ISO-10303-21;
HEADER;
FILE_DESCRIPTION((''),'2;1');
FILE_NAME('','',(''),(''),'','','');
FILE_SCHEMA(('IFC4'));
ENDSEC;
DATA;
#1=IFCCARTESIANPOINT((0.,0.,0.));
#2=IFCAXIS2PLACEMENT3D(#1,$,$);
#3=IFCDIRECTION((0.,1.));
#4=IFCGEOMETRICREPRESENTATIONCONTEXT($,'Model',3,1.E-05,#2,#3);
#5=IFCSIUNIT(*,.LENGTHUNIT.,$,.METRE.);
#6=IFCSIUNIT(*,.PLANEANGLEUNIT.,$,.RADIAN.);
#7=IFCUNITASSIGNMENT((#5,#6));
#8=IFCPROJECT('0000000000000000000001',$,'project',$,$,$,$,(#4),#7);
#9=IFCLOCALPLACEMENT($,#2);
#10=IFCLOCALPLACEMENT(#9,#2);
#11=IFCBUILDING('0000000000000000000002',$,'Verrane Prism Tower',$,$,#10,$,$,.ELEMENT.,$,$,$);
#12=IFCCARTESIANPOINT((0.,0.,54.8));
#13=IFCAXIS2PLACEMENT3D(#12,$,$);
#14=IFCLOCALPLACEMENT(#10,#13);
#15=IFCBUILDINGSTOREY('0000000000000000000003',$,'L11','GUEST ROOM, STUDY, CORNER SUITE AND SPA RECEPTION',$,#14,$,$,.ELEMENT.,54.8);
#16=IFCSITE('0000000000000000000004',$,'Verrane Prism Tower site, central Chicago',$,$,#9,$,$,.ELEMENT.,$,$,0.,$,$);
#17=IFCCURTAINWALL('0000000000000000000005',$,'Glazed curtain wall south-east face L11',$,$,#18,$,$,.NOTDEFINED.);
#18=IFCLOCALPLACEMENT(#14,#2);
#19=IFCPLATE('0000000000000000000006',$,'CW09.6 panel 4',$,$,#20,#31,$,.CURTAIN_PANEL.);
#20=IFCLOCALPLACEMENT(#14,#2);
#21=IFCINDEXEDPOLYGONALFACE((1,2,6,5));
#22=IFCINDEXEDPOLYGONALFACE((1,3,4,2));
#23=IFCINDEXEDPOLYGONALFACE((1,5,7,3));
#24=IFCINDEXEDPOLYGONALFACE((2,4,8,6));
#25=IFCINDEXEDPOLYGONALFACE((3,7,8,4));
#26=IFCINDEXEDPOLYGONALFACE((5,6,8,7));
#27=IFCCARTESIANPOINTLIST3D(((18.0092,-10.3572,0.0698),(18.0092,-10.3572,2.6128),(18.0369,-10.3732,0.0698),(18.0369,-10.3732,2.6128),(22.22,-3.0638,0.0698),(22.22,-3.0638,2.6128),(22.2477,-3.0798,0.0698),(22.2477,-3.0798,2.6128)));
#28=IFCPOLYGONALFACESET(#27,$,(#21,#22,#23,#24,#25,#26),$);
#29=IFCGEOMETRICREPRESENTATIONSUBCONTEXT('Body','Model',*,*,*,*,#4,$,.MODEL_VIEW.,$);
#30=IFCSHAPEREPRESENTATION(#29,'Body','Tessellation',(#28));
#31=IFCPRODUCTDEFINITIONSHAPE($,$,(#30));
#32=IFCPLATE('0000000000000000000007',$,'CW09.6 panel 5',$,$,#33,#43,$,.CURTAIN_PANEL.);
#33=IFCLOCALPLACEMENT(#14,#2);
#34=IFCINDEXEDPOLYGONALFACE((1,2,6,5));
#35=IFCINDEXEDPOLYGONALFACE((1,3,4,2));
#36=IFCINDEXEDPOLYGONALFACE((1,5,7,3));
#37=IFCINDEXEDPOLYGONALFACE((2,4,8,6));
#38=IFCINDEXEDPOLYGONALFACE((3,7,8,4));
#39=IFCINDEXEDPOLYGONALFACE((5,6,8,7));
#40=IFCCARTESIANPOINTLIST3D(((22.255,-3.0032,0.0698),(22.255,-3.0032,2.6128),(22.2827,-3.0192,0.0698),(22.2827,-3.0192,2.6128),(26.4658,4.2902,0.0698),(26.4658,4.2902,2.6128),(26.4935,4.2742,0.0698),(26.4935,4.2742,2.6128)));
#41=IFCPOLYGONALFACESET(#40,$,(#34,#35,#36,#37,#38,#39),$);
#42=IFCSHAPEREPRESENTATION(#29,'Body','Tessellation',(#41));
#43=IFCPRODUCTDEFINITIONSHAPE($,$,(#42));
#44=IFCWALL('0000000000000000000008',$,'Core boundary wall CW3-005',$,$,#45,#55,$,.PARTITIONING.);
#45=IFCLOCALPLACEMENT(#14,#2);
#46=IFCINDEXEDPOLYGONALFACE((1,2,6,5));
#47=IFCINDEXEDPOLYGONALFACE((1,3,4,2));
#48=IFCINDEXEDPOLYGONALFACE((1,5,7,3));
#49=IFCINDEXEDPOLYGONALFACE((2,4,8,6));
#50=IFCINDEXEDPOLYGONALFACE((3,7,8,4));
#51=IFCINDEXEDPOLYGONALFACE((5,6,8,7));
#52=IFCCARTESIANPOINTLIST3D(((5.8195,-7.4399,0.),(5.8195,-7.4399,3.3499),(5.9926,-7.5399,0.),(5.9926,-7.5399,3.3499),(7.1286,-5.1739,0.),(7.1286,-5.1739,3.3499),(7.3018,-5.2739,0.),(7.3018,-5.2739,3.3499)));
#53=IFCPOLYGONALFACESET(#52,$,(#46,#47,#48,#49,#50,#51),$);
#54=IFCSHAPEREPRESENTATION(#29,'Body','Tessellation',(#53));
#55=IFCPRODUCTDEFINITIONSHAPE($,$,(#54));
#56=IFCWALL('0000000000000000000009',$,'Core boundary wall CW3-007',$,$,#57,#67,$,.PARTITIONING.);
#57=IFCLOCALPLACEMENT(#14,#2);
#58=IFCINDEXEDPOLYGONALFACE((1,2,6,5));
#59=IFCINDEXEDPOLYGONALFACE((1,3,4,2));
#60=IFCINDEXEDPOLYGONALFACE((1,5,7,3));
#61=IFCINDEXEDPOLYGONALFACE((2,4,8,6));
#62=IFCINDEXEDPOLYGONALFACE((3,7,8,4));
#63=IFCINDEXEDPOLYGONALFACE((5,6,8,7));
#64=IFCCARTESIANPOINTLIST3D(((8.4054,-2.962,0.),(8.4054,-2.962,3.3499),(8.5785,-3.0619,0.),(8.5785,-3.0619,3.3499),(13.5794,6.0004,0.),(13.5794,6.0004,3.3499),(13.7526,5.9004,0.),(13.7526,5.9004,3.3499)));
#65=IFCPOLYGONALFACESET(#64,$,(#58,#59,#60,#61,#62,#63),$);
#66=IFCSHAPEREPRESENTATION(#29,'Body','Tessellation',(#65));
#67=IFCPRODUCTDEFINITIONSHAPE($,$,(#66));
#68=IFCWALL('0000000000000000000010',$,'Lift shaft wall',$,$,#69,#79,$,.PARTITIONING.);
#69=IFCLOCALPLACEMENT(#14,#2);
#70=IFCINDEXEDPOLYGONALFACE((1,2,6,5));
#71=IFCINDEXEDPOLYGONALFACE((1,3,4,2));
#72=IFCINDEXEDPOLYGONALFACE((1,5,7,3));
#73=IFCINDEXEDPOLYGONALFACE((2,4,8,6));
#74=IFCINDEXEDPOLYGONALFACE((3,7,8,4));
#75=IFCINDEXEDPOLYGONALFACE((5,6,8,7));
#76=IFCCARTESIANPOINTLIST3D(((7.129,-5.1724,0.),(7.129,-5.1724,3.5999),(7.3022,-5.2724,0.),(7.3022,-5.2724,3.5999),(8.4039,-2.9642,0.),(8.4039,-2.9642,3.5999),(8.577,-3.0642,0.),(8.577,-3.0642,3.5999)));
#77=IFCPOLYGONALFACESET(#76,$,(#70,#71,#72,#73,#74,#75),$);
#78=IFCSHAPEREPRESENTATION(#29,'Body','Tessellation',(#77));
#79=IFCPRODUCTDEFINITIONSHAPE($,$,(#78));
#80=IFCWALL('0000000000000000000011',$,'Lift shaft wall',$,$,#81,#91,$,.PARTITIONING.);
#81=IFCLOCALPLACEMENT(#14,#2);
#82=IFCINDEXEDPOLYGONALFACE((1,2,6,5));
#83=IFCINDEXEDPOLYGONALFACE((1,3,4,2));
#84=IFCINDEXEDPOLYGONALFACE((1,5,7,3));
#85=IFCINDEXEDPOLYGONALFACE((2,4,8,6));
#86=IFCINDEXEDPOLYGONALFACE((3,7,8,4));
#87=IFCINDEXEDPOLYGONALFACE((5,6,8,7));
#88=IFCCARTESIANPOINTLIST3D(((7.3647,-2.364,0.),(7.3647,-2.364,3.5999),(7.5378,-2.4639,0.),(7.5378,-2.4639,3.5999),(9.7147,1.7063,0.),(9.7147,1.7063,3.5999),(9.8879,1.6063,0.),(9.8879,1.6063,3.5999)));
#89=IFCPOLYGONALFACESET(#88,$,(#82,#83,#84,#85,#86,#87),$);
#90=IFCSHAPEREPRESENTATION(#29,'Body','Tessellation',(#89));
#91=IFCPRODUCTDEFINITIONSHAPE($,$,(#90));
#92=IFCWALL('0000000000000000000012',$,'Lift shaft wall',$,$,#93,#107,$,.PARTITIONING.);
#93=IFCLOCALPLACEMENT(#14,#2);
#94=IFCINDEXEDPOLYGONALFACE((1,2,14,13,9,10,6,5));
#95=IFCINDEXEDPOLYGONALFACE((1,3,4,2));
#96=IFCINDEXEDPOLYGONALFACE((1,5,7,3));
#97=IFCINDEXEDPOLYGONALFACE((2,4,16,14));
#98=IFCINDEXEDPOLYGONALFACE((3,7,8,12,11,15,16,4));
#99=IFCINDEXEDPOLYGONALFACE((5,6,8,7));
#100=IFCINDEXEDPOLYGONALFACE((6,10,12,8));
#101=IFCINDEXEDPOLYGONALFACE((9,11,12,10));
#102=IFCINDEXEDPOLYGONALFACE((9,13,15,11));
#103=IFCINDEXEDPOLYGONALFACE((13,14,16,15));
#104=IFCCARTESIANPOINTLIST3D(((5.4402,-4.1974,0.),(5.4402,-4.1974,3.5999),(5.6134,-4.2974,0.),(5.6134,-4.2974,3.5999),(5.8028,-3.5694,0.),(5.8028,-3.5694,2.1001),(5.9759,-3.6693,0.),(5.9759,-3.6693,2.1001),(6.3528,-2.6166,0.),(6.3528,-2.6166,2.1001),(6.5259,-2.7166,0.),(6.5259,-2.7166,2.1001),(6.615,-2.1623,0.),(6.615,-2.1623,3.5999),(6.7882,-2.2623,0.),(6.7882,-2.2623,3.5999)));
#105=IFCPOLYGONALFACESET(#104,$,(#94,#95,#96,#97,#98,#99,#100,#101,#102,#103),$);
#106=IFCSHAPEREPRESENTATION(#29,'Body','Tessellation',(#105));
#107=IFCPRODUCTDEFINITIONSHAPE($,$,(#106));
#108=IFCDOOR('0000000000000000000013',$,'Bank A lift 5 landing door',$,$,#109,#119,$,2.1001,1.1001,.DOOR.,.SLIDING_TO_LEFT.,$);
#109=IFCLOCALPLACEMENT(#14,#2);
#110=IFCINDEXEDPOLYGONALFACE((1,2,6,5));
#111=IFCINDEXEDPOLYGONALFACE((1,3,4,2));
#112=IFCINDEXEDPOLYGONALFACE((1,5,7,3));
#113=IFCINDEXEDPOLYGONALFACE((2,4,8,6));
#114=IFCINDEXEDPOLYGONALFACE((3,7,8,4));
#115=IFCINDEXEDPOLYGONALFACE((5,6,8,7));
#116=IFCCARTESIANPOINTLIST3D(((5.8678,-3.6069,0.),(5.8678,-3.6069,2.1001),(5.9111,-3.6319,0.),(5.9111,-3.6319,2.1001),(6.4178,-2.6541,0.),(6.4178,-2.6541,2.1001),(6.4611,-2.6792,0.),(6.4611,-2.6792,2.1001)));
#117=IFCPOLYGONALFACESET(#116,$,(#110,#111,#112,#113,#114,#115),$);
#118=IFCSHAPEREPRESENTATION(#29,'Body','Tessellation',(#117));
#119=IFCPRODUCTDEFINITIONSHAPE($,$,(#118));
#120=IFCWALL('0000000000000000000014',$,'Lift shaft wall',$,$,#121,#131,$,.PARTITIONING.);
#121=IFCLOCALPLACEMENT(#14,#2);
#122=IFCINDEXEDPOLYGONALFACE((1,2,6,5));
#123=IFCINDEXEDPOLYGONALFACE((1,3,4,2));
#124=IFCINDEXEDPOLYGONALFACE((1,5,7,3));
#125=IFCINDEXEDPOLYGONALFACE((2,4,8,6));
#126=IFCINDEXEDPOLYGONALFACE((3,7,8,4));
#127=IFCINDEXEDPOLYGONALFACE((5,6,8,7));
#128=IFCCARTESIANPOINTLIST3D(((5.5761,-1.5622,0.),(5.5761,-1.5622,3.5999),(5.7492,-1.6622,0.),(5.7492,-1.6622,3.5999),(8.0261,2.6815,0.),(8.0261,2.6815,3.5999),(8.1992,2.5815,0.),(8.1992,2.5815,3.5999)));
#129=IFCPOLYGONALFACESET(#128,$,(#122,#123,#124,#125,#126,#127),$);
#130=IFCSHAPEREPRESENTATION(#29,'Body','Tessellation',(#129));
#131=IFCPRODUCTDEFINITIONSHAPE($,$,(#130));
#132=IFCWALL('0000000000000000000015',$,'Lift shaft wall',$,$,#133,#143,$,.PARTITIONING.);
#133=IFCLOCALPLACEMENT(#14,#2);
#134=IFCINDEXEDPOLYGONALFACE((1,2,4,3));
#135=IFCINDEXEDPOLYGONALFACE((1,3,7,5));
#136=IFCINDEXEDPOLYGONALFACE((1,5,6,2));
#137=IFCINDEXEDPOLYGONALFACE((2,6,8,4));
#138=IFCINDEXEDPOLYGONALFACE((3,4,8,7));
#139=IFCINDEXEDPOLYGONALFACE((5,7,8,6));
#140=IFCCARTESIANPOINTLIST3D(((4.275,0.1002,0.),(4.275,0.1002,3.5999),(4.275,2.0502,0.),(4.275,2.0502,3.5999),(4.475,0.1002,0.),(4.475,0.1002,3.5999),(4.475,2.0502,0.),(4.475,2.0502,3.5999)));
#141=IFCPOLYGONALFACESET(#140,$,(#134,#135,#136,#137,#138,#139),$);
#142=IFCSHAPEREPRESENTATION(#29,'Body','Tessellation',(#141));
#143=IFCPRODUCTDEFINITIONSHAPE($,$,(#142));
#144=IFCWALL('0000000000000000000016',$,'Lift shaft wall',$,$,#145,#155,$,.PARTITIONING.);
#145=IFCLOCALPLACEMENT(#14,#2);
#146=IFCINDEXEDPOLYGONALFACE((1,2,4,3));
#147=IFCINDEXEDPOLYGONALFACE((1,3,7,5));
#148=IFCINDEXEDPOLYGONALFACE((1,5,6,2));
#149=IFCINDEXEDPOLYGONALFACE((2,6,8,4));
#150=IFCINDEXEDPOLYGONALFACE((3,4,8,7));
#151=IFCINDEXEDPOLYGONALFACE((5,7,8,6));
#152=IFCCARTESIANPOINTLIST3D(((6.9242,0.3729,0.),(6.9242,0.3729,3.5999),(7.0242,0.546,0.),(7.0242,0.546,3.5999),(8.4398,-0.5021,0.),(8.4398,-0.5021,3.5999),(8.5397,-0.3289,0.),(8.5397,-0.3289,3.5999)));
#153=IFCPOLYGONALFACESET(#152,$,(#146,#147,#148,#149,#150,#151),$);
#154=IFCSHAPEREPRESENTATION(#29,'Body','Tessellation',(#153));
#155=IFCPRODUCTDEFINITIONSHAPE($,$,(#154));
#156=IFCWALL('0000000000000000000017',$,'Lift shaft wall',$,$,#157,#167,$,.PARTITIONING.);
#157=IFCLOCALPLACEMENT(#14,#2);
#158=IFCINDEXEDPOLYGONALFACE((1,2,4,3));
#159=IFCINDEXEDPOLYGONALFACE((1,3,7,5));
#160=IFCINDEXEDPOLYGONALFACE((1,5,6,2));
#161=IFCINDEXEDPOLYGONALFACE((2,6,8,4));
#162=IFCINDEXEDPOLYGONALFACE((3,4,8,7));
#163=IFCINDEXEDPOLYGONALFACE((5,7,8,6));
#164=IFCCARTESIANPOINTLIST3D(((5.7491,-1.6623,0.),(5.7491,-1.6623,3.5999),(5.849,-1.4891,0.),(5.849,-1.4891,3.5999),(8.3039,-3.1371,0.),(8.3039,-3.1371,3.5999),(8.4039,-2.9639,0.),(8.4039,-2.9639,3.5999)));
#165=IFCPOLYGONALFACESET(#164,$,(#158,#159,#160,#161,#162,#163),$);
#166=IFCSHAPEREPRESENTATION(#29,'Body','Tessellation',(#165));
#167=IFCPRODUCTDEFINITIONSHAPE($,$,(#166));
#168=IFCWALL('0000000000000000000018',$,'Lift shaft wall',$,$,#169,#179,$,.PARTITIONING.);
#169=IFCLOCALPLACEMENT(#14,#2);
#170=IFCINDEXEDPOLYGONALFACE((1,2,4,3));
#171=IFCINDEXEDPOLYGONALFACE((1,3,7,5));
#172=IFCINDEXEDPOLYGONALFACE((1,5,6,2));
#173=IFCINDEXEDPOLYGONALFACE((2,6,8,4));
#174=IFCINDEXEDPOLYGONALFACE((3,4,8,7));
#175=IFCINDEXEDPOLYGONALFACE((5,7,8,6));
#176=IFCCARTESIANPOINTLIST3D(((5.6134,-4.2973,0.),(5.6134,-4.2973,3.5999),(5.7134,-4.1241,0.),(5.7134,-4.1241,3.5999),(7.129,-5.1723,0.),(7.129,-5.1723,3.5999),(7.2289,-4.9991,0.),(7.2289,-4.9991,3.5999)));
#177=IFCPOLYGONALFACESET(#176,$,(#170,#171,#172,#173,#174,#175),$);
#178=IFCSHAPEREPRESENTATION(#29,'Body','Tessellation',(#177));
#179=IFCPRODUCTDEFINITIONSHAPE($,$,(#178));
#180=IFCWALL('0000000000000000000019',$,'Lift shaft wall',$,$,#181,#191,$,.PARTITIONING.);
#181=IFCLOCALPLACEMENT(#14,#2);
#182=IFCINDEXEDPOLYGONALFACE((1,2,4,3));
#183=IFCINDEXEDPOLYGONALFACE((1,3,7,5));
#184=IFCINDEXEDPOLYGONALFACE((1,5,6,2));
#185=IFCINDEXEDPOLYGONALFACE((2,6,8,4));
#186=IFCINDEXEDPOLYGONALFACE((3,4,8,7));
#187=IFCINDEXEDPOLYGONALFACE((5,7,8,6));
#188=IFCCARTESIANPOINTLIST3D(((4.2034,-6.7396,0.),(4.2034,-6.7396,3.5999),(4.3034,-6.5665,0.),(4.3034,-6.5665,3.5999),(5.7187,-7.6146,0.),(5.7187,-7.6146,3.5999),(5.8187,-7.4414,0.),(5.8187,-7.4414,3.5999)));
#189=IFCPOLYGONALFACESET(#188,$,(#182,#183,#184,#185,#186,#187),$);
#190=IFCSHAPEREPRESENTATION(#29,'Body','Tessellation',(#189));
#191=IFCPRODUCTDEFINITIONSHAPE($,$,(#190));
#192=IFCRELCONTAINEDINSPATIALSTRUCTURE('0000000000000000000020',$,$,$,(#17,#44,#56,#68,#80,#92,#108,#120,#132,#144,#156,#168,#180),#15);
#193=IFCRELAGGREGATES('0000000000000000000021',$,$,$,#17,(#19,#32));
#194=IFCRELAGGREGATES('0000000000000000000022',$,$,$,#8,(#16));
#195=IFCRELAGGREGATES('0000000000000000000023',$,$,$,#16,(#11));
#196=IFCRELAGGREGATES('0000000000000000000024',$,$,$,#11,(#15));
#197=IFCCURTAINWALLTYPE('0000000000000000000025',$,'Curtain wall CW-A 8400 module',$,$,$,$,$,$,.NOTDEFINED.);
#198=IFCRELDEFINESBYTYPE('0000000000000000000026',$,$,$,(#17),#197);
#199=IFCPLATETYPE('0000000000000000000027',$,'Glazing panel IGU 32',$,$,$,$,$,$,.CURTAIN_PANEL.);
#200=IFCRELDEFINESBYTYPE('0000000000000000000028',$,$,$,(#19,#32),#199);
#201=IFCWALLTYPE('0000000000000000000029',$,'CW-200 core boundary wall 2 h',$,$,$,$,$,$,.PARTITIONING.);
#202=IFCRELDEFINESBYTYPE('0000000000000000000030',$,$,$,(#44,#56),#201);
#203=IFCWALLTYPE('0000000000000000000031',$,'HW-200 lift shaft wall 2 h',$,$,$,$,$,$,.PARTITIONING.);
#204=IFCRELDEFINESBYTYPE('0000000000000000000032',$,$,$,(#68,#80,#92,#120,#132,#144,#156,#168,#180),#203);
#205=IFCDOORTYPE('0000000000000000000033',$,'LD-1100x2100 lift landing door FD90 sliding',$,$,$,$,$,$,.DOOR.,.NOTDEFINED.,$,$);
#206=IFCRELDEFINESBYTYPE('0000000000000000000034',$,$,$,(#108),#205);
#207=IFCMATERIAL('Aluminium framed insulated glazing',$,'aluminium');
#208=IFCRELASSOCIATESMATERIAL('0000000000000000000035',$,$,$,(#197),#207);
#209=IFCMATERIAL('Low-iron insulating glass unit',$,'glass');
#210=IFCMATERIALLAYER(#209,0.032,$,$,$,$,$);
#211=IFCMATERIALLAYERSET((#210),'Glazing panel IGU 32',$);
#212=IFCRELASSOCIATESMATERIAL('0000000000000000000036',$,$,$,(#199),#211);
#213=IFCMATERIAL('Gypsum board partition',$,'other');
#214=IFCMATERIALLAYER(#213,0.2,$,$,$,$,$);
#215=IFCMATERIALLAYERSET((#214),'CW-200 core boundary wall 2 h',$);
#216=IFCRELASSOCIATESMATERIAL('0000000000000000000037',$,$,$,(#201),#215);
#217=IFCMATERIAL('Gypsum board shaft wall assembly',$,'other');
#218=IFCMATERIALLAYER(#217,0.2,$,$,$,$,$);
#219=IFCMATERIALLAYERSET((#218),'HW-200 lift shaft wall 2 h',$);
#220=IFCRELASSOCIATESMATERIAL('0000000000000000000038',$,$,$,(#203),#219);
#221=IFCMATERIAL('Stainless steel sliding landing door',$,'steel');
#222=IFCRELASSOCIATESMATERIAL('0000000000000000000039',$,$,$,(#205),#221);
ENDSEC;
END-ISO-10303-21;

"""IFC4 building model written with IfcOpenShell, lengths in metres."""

from ifc_helpers import new_model, si_unit, direction, frame, frame_2d, origin, origin_2d, place, context, subcontext, project, spatial, rectangle, extrude, material, layer, layer_set, type_object, element, fill, aggregate, save


model = new_model("IFC4")

# Units and contexts
model_context = context("Model", 3, precision=1e-05, world=origin(), true_north=direction((0.0, 1.0)))
body_context = subcontext(model_context, "Body", "Model", "MODEL_VIEW")
ifc_project = project(units=[si_unit("LENGTHUNIT", "METRE"), si_unit("PLANEANGLEUNIT", "RADIAN")], contexts=[model_context])

# Site, building, storey
site_placement = place(None, origin())
site = spatial("IfcSite", under=ifc_project, at=site_placement, Name="Verrane Prism Tower site, central Chicago", CompositionType="ELEMENT", RefElevation=0.0)
building_placement = place(site_placement, origin())
building = spatial("IfcBuilding", under=site, at=building_placement, Name="Verrane Prism Tower", CompositionType="ELEMENT")
storey_placement = place(building_placement, frame((0.0, 0.0, 54.8)))
storey = spatial("IfcBuildingStorey", under=building, at=storey_placement, Name="L11", Description="GUEST ROOM, STUDY, CORNER SUITE AND SPA RECEPTION", CompositionType="ELEMENT", Elevation=54.8)

# Curtain wall
ifc_material_1 = material(Name="Aluminium framed insulated glazing", Category="aluminium")
curtain_wall_type = type_object("IfcCurtainWallType", Name="Curtain wall CW-A 8400 module", PredefinedType="NOTDEFINED", material=ifc_material_1)
curtain_wall_placement = place(storey_placement, origin())
curtain_wall = element("IfcCurtainWall", 1, at=curtain_wall_placement, inside=storey, type_object=curtain_wall_type, Name="Glazed curtain wall south-east face L11", PredefinedType="NOTDEFINED")

# Plates
ifc_material_2 = material(Name="Low-iron insulating glass unit", Category="glass")
ifc_layer_1 = layer(ifc_material_2, 0.032)
ifc_layer_set_1 = layer_set([ifc_layer_1], Name="Glazing panel IGU 32")
plate_type = type_object("IfcPlateType", Name="Glazing panel IGU 32", PredefinedType="CURTAIN_PANEL", material=ifc_layer_set_1)
plate_1_placement = place(storey_placement, frame((20.1284, -6.7185, 0.0698), z_axis=(0.0, 0.0, 1.0), x_axis=(0.499999, 0.866026, 0.0)))
plate_1 = element("IfcPlate", 2, at=plate_1_placement, type_object=plate_type, Name="CW09.6 panel 4", PredefinedType="CURTAIN_PANEL", context=body_context, shape_type="SweptSolid", body=[
    extrude(rectangle(XDim=8.4216, YDim=0.032, at=origin_2d()), origin(), (0.0, 0.0, 1.0), 2.543),
])
plate_2_placement = place(storey_placement, frame((24.3743, 0.6355, 0.0698), z_axis=(0.0, 0.0, 1.0), x_axis=(0.499999, 0.866026, 0.0)))
plate_2 = element("IfcPlate", 3, at=plate_2_placement, type_object=plate_type, Name="CW09.6 panel 5", PredefinedType="CURTAIN_PANEL", context=body_context, shape_type="SweptSolid", body=[
    extrude(rectangle(XDim=8.4216, YDim=0.032, at=origin_2d()), origin(), (0.0, 0.0, 1.0), 2.543),
])
aggregate(curtain_wall, [plate_1, plate_2])

# Walls
ifc_material_3 = material(Name="Gypsum board partition", Category="other")
ifc_layer_2 = layer(ifc_material_3, 0.2)
ifc_layer_set_2 = layer_set([ifc_layer_2], Name="CW-200 core boundary wall 2 h")
wall_type_1 = type_object("IfcWallType", Name="CW-200 core boundary wall 2 h", PredefinedType="PARTITIONING", material=ifc_layer_set_2)
wall_1_placement = place(storey_placement, frame((5.906, -7.49, 0.0), z_axis=(0.0, 0.0, 1.0), x_axis=(0.500253, 0.865879, 0.0)))
element("IfcWall", 4, at=wall_1_placement, inside=storey, type_object=wall_type_1, Name="Core boundary wall CW3-005", PredefinedType="PARTITIONING", context=body_context, shape_type="SweptSolid", body=[
    extrude(rectangle(XDim=2.6169, YDim=0.2, at=frame_2d((1.3086, 0.0))), origin(), (0.0, 0.0, 1.0), 3.3499),
])
wall_2_placement = place(storey_placement, frame((8.4919, -3.012, 0.0), z_axis=(0.0, 0.0, 1.0), x_axis=(0.499973, 0.866041, 0.0)))
element("IfcWall", 5, at=wall_2_placement, inside=storey, type_object=wall_type_1, Name="Core boundary wall CW3-007", PredefinedType="PARTITIONING", context=body_context, shape_type="SweptSolid", body=[
    extrude(rectangle(XDim=10.3486, YDim=0.2, at=frame_2d((5.1743, 0.0))), origin(), (0.0, 0.0, 1.0), 3.3499),
])
ifc_material_4 = material(Name="Gypsum board shaft wall assembly", Category="other")
ifc_layer_3 = layer(ifc_material_4, 0.2)
ifc_layer_set_3 = layer_set([ifc_layer_3], Name="HW-200 lift shaft wall 2 h")
wall_type_2 = type_object("IfcWallType", Name="HW-200 lift shaft wall 2 h", PredefinedType="PARTITIONING", material=ifc_layer_set_3)
wall_3_placement = place(storey_placement, frame((7.2156, -5.2224, 0.0), z_axis=(0.0, 0.0, 1.0), x_axis=(0.49999, 0.866031, 0.0)))
element("IfcWall", 6, at=wall_3_placement, inside=storey, type_object=wall_type_2, Name="Lift shaft wall", PredefinedType="PARTITIONING", context=body_context, shape_type="SweptSolid", body=[
    extrude(rectangle(XDim=2.5498, YDim=0.2, at=frame_2d((1.2749, 0.0))), origin(), (0.0, 0.0, 1.0), 3.5999),
])
wall_4_placement = place(storey_placement, frame((7.4512, -2.4141, 0.0), z_axis=(0.0, 0.0, 1.0), x_axis=(0.500016, 0.866016, 0.0)))
element("IfcWall", 7, at=wall_4_placement, inside=storey, type_object=wall_type_2, Name="Lift shaft wall", PredefinedType="PARTITIONING", context=body_context, shape_type="SweptSolid", body=[
    extrude(rectangle(XDim=4.7, YDim=0.2, at=frame_2d((2.3501, 0.0))), origin(), (0.0, 0.0, 1.0), 3.5999),
])

# Wall, opening, door
wall_5_placement = place(storey_placement, frame((5.5269, -4.2473, 0.0), z_axis=(0.0, 0.0, 1.0), x_axis=(0.499938, 0.866061, 0.0)))
wall_5 = element("IfcWall", 8, at=wall_5_placement, inside=storey, type_object=wall_type_2, Name="Lift shaft wall", PredefinedType="PARTITIONING", context=body_context, shape_type="SweptSolid", body=[
    extrude(rectangle(XDim=2.3499, YDim=0.2, at=frame_2d((1.1748, 0.0))), origin(), (0.0, 0.0, 1.0), 3.5999),
])
opening_placement = place(wall_5_placement, frame((0.7251, 0.0, 0.0)))
opening = element("IfcOpeningElement", 9, at=opening_placement, cuts=wall_5, PredefinedType="OPENING", context=body_context, shape_type="SweptSolid", body=[
    extrude(rectangle(XDim=1.1001, YDim=2.1001, at=frame_2d((0.55, 1.05))), frame((0.0, 0.1099, 0.0), z_axis=(0.0, -1.0, 0.0), x_axis=(1.0, 0.0, 0.0)), (0.0, 0.0, 1.0), 0.22),
])
ifc_material_5 = material(Name="Stainless steel sliding landing door", Category="steel")
door_type = type_object("IfcDoorType", Name="LD-1100x2100 lift landing door FD90 sliding", OperationType="NOTDEFINED", PredefinedType="DOOR", material=ifc_material_5)
door_placement = place(opening_placement, origin())
door = element("IfcDoor", 10, at=door_placement, inside=storey, type_object=door_type, Name="Bank A lift 5 landing door", OperationType="SLIDING_TO_LEFT", OverallHeight=2.1001, OverallWidth=1.1001, PredefinedType="DOOR", context=body_context, shape_type="SweptSolid", body=[
    extrude(rectangle(XDim=1.1001, YDim=2.1001, at=frame_2d((0.55, 1.05))), frame((0.0, 0.0249, 0.0), z_axis=(0.0, -1.0, 0.0), x_axis=(1.0, 0.0, 0.0)), (0.0, 0.0, 1.0), 0.05),
])
fill(opening, door)

# Walls
wall_6_placement = place(storey_placement, frame((5.6626, -1.6123, 0.0), z_axis=(0.0, 0.0, 1.0), x_axis=(0.499981, 0.866036, 0.0)))
element("IfcWall", 11, at=wall_6_placement, inside=storey, type_object=wall_type_2, Name="Lift shaft wall", PredefinedType="PARTITIONING", context=body_context, shape_type="SweptSolid", body=[
    extrude(rectangle(XDim=4.9001, YDim=0.2, at=frame_2d((2.4502, 0.0))), origin(), (0.0, 0.0, 1.0), 3.5999),
])
wall_7_placement = place(storey_placement, frame((4.375, 0.1001, 0.0), z_axis=(0.0, 0.0, 1.0), x_axis=(0.0, 1.0, 0.0)))
element("IfcWall", 12, at=wall_7_placement, inside=storey, type_object=wall_type_2, Name="Lift shaft wall", PredefinedType="PARTITIONING", context=body_context, shape_type="SweptSolid", body=[
    extrude(rectangle(XDim=1.95, YDim=0.2, at=frame_2d((0.9751, 0.0))), origin(), (0.0, 0.0, 1.0), 3.5999),
])
wall_8_placement = place(storey_placement, frame((8.4897, -0.4155, 0.0), z_axis=(0.0, 0.0, 1.0), x_axis=(-0.866037, 0.49998, 0.0)))
element("IfcWall", 13, at=wall_8_placement, inside=storey, type_object=wall_type_2, Name="Lift shaft wall", PredefinedType="PARTITIONING", context=body_context, shape_type="SweptSolid", body=[
    extrude(rectangle(XDim=1.75, YDim=0.2, at=frame_2d((0.875, 0.0))), origin(), (0.0, 0.0, 1.0), 3.5999),
])
wall_9_placement = place(storey_placement, frame((8.354, -3.0505, 0.0), z_axis=(0.0, 0.0, 1.0), x_axis=(-0.86606, 0.49994, 0.0)))
element("IfcWall", 14, at=wall_9_placement, inside=storey, type_object=wall_type_2, Name="Lift shaft wall", PredefinedType="PARTITIONING", context=body_context, shape_type="SweptSolid", body=[
    extrude(rectangle(XDim=2.95, YDim=0.2, at=frame_2d((1.4751, 0.0))), origin(), (0.0, 0.0, 1.0), 3.5999),
])
wall_10_placement = place(storey_placement, frame((7.179, -5.0857, 0.0), z_axis=(0.0, 0.0, 1.0), x_axis=(-0.866037, 0.49998, 0.0)))
element("IfcWall", 15, at=wall_10_placement, inside=storey, type_object=wall_type_2, Name="Lift shaft wall", PredefinedType="PARTITIONING", context=body_context, shape_type="SweptSolid", body=[
    extrude(rectangle(XDim=1.75, YDim=0.2, at=frame_2d((0.875, 0.0))), origin(), (0.0, 0.0, 1.0), 3.5999),
])
wall_11_placement = place(storey_placement, frame((5.7688, -7.5281, 0.0), z_axis=(0.0, 0.0, 1.0), x_axis=(-0.866002, 0.50004, 0.0)))
element("IfcWall", 16, at=wall_11_placement, inside=storey, type_object=wall_type_2, Name="Lift shaft wall", PredefinedType="PARTITIONING", context=body_context, shape_type="SweptSolid", body=[
    extrude(rectangle(XDim=1.7498, YDim=0.2, at=frame_2d((0.875, 0.0))), origin(), (0.0, 0.0, 1.0), 3.5999),
])

save(model, "model.ifc")
